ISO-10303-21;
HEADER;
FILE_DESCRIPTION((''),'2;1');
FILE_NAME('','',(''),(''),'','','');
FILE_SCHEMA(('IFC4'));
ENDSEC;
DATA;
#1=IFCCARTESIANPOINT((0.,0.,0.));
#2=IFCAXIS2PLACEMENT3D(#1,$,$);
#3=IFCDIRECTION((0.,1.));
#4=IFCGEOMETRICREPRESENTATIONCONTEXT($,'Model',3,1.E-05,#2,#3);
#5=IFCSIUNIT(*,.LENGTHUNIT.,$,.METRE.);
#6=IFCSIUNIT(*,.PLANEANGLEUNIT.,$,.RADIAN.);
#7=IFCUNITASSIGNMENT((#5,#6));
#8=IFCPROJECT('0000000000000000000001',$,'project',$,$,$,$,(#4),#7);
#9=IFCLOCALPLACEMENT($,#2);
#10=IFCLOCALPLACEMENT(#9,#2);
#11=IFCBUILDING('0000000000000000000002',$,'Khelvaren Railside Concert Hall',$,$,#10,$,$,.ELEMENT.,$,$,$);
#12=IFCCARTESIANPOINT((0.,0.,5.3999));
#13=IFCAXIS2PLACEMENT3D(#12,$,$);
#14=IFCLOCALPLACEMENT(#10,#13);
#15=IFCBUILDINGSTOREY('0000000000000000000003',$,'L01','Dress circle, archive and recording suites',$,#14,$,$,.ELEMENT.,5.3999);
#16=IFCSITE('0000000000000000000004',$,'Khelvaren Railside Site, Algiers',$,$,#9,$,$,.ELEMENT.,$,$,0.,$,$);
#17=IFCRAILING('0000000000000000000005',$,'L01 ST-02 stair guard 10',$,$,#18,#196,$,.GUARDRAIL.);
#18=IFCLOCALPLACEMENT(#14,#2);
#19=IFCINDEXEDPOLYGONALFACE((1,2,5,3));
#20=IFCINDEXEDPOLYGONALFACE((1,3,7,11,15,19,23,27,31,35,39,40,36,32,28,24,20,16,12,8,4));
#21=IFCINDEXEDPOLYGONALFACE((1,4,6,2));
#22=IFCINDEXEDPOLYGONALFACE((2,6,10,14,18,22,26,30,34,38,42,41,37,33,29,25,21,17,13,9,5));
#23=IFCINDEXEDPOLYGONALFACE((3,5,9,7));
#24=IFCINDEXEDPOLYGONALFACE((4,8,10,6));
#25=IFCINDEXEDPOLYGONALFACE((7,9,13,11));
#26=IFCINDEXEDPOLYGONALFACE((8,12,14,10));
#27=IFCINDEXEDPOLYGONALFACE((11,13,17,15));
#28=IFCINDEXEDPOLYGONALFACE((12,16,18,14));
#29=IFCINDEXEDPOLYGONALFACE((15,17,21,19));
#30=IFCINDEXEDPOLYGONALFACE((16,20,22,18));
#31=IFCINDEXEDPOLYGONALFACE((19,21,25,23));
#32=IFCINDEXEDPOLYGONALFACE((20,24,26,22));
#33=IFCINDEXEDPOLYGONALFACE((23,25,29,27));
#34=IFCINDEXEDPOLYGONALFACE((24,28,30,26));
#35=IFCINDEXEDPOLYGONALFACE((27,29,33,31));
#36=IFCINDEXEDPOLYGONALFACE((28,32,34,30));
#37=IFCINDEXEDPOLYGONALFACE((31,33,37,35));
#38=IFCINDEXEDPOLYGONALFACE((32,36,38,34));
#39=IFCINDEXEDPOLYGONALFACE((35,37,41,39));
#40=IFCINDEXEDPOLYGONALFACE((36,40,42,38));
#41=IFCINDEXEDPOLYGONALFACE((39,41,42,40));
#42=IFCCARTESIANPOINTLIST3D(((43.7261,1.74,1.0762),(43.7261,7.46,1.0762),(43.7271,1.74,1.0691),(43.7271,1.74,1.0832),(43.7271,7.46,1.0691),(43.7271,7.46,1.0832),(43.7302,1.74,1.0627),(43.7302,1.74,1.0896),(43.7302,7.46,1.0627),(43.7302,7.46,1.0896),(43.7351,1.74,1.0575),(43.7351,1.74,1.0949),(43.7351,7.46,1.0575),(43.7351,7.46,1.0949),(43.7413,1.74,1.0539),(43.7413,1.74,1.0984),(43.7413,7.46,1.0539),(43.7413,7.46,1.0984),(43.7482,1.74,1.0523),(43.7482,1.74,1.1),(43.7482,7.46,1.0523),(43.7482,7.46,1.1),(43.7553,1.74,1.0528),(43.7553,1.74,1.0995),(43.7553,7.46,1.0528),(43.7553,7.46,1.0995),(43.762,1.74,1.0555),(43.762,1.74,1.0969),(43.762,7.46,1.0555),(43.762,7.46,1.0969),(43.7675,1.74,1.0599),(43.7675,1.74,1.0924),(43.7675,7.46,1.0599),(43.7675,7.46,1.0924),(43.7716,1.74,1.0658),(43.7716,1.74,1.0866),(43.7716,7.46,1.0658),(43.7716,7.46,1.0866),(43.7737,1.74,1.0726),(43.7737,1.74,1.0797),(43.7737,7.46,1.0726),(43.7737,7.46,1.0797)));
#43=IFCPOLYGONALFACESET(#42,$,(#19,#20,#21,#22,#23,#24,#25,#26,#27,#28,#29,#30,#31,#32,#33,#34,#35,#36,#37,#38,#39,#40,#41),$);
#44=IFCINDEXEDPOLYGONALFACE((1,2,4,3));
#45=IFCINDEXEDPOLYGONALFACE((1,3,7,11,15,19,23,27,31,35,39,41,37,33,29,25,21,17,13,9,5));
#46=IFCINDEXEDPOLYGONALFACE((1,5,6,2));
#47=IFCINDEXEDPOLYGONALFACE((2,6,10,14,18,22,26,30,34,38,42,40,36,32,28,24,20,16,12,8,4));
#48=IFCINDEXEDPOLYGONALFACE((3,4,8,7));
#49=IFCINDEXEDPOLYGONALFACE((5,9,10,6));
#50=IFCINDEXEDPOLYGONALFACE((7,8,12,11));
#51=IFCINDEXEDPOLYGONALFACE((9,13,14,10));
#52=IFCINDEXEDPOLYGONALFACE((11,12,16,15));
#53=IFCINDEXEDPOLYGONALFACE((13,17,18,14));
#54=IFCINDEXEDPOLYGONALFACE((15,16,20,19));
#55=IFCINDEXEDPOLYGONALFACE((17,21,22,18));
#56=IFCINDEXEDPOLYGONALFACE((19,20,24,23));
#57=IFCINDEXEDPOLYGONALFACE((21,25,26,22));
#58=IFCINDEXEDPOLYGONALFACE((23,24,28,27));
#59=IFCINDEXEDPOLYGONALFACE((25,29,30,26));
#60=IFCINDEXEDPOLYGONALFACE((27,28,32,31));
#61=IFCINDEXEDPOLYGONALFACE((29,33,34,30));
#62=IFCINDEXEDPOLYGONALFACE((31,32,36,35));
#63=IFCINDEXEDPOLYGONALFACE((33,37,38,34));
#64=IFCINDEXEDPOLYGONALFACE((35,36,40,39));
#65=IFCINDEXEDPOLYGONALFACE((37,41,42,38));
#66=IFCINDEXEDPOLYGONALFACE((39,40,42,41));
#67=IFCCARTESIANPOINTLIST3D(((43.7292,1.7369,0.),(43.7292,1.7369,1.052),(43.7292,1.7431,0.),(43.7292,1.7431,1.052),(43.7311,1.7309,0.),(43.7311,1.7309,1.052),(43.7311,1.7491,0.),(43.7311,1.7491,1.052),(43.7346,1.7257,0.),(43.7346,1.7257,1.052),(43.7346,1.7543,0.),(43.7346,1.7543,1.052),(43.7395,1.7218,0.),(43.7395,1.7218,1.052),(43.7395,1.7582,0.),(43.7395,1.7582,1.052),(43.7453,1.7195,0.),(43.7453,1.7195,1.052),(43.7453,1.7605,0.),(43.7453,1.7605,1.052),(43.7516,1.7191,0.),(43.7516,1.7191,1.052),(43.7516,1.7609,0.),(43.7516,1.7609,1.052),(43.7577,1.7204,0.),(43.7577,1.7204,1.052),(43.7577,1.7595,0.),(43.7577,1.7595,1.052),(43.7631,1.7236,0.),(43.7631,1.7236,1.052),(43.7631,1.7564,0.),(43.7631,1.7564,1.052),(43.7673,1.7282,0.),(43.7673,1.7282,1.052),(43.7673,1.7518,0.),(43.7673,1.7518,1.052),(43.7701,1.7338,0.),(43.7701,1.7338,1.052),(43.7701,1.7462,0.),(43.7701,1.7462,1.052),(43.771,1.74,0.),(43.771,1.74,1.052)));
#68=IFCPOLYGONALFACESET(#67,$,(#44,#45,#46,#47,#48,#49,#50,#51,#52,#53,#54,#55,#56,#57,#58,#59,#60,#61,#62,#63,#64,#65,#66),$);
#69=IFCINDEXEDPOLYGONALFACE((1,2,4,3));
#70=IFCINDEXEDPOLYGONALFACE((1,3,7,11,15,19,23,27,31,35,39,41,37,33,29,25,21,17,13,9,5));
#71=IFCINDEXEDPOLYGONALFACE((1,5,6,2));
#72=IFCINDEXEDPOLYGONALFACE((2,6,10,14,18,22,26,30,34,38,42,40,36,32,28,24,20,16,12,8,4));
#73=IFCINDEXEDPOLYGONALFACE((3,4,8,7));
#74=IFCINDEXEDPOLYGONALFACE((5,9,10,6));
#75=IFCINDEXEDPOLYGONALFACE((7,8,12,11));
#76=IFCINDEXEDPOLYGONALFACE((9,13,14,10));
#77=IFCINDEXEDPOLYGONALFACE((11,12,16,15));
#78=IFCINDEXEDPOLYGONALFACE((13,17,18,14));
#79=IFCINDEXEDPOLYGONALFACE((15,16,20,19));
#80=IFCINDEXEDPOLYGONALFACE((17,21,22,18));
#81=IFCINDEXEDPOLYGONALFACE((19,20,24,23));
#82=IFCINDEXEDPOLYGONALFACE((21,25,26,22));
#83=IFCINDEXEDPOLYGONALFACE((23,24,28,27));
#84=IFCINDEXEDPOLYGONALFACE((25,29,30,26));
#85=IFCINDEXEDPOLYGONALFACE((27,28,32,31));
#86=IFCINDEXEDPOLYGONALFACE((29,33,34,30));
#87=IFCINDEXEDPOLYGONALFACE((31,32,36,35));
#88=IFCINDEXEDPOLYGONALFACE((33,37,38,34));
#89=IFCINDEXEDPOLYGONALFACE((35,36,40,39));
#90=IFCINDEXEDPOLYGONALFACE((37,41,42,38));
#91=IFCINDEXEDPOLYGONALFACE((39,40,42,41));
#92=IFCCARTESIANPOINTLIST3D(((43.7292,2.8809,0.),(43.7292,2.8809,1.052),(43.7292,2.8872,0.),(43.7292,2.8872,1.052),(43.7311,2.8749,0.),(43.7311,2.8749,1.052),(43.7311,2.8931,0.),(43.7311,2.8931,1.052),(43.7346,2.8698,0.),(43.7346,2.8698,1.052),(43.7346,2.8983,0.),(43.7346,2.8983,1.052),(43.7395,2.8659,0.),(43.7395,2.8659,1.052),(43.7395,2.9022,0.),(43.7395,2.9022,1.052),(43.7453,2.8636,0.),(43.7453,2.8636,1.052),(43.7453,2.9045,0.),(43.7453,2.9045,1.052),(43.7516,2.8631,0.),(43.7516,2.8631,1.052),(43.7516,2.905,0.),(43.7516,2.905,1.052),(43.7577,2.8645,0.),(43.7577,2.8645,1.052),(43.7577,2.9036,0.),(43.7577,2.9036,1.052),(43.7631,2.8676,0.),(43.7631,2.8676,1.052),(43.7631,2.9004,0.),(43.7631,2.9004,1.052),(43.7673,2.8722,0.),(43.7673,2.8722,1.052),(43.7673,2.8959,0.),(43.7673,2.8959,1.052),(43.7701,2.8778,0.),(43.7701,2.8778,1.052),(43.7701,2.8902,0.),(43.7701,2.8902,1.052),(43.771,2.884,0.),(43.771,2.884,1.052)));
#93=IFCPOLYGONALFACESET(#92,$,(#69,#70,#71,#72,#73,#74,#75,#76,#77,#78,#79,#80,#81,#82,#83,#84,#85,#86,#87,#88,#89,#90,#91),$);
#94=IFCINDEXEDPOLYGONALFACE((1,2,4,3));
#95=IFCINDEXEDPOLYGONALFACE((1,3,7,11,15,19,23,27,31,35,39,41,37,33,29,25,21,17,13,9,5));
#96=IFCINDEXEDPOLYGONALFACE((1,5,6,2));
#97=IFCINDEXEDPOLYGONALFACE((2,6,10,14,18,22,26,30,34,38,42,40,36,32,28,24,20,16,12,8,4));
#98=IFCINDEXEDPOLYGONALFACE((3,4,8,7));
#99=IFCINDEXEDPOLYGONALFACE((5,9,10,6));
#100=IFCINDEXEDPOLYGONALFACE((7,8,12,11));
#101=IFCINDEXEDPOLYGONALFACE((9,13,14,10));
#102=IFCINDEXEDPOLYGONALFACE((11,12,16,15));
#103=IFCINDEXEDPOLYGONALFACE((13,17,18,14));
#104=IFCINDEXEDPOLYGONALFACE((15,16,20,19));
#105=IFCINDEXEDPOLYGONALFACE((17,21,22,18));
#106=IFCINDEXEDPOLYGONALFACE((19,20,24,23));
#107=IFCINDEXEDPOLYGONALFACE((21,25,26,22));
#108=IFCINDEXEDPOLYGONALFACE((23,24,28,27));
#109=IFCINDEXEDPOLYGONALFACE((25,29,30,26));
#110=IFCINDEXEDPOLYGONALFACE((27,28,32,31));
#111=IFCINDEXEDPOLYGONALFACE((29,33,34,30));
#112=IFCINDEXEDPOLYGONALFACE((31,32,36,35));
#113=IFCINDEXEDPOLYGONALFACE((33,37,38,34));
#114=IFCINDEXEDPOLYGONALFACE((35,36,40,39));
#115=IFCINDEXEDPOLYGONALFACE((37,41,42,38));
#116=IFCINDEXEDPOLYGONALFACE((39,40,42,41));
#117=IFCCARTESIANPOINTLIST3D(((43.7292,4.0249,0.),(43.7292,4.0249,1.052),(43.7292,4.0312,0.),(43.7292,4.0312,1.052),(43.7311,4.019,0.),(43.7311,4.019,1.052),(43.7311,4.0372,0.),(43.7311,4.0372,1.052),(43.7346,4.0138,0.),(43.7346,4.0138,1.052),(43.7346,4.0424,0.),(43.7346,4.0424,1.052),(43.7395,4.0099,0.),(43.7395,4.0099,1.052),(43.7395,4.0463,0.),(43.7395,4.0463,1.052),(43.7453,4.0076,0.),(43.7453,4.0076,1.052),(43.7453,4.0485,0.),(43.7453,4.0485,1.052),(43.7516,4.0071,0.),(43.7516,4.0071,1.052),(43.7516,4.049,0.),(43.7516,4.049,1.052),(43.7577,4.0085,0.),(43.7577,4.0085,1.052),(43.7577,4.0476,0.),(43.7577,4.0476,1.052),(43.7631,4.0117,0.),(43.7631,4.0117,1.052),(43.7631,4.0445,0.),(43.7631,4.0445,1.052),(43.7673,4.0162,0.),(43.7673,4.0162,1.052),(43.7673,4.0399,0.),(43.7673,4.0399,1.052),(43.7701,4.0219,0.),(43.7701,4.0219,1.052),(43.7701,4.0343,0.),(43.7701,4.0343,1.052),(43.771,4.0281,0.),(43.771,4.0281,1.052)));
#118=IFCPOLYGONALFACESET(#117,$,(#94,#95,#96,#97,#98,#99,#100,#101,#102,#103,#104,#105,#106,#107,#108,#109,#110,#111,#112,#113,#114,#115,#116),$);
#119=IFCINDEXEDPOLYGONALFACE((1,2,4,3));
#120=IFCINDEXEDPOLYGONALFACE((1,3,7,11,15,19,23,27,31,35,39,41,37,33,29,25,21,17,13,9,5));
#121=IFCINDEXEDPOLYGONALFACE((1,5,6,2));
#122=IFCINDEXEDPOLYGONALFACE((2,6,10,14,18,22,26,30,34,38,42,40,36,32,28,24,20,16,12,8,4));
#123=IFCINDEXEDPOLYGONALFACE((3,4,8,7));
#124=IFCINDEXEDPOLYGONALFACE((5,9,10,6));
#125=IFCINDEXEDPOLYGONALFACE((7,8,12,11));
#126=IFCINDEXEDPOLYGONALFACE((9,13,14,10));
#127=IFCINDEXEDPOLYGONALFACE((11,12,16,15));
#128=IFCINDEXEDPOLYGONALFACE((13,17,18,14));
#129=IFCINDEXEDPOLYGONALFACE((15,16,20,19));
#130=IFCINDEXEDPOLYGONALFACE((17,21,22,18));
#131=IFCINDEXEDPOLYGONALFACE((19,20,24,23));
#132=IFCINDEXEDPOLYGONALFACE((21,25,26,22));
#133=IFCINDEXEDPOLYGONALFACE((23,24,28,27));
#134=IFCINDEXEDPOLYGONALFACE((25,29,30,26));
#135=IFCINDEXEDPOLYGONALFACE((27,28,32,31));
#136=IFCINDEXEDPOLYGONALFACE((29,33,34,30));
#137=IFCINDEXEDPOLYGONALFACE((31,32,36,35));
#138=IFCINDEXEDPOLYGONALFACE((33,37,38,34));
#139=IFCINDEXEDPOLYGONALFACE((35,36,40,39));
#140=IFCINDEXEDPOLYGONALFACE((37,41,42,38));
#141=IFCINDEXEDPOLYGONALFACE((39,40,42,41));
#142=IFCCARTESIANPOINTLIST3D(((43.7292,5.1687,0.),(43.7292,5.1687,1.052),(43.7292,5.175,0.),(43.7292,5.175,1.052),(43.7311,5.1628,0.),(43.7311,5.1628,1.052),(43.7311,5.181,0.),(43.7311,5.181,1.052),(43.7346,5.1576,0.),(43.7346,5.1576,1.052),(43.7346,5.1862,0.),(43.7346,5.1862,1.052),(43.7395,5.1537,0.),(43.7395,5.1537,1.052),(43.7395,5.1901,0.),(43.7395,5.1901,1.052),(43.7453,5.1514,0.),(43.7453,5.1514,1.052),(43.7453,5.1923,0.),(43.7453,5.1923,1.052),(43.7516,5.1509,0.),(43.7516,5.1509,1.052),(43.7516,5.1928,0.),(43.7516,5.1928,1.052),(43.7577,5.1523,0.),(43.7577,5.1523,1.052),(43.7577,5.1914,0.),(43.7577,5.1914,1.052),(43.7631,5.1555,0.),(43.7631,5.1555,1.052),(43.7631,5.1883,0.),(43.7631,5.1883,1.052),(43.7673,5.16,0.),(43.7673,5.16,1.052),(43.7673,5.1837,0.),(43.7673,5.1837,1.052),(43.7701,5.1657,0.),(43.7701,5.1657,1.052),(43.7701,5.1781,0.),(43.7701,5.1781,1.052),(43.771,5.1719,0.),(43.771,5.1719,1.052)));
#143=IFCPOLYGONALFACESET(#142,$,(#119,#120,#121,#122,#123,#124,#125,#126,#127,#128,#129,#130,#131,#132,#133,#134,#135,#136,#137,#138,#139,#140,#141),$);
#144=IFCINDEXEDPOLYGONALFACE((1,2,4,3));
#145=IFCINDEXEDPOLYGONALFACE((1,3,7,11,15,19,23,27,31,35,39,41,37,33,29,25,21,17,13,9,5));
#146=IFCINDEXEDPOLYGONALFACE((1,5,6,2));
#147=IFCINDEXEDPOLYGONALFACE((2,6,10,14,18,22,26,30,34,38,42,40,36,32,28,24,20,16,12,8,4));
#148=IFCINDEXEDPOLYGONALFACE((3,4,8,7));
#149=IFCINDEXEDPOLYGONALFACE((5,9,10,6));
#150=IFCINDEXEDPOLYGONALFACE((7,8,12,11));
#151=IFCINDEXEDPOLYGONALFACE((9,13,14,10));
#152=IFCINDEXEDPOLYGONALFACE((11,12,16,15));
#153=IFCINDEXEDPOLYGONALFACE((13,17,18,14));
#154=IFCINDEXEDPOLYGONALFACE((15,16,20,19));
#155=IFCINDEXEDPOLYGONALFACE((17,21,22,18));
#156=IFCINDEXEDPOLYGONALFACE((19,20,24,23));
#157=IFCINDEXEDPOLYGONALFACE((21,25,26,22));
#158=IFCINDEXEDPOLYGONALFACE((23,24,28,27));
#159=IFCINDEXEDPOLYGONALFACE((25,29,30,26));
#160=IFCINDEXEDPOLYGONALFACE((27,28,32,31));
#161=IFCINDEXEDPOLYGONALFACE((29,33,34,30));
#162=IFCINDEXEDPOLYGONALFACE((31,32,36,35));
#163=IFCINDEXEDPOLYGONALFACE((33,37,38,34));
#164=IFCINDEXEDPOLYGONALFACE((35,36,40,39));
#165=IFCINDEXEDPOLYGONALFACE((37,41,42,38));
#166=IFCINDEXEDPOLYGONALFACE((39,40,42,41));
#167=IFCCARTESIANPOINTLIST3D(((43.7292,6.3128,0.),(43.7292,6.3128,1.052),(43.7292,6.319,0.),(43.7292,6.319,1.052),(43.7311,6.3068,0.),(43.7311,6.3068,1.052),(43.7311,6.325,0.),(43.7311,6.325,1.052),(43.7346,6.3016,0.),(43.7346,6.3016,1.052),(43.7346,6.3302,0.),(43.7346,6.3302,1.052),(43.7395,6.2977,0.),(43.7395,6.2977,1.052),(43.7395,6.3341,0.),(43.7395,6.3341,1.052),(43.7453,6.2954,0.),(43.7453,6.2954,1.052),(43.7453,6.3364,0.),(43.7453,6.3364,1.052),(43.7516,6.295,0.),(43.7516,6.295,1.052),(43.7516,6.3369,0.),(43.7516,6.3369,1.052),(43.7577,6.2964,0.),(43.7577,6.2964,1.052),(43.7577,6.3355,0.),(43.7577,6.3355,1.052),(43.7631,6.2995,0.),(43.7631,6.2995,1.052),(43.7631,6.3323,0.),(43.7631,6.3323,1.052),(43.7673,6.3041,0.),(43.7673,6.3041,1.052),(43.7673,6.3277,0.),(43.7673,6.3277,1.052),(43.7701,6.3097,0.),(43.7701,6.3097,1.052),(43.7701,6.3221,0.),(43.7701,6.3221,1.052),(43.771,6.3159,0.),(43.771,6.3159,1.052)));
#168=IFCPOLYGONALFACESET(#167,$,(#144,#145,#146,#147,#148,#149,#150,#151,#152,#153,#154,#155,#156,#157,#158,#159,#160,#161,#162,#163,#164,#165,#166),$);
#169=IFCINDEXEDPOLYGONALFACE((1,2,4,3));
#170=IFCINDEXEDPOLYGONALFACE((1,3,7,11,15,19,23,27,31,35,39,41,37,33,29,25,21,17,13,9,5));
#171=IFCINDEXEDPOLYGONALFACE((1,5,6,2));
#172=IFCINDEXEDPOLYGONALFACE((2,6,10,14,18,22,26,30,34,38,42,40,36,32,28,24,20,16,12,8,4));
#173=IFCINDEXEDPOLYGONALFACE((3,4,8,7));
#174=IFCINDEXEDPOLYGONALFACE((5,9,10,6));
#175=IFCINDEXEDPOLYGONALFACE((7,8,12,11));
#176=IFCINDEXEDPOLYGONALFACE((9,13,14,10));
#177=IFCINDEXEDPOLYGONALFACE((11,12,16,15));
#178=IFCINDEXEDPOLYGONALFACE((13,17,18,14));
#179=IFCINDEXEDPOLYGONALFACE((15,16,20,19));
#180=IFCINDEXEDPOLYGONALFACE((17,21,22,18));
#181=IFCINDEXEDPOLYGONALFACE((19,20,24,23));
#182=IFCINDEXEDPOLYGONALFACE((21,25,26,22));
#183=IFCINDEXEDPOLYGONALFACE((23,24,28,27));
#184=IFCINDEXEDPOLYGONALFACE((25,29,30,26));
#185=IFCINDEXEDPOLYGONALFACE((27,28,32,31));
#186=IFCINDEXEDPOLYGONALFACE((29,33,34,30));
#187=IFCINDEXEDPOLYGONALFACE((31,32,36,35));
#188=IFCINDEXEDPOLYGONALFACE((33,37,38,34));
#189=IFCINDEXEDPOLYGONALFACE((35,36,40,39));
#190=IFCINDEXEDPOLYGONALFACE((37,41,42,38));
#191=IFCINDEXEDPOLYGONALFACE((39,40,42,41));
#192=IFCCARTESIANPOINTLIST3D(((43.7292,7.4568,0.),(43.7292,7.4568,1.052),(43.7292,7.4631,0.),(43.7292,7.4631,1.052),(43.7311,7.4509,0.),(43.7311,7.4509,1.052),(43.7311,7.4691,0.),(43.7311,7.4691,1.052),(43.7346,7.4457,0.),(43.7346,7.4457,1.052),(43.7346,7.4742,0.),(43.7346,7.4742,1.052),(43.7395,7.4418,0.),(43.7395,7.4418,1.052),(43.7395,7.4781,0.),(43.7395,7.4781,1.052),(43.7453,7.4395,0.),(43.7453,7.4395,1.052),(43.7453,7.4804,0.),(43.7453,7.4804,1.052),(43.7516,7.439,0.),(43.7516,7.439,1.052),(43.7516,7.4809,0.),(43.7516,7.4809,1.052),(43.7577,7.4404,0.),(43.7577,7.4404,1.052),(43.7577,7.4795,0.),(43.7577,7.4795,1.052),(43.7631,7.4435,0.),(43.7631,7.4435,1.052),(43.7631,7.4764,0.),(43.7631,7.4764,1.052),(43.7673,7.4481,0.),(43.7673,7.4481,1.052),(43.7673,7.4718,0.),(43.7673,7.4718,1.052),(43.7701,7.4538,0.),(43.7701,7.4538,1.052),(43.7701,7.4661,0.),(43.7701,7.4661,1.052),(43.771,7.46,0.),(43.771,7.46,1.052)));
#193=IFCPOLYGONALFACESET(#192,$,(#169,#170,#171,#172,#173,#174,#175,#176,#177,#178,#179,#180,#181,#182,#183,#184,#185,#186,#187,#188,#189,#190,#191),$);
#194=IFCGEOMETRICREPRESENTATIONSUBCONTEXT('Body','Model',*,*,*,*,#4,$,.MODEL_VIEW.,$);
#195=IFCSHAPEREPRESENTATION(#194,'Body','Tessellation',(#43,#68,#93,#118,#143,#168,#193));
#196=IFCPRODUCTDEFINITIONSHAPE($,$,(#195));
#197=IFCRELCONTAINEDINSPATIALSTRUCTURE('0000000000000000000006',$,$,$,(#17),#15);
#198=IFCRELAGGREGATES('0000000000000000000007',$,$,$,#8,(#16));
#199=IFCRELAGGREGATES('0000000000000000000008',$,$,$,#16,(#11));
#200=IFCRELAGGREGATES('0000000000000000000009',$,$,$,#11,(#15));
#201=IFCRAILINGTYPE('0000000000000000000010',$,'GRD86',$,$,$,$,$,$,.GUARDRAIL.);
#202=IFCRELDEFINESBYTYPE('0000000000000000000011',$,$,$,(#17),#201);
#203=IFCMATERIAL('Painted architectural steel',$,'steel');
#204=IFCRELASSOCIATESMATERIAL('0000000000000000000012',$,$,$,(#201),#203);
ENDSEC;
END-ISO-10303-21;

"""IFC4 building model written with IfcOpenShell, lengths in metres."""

from ifc_helpers import new_model, si_unit, direction, frame, origin, origin_2d, place, context, subcontext, project, spatial, circle, extrude, material, type_object, element, save


model = new_model("IFC4")

# Units and contexts
model_context = context("Model", 3, precision=1e-05, world=origin(), true_north=direction((0.0, 1.0)))
body_context = subcontext(model_context, "Body", "Model", "MODEL_VIEW")
ifc_project = project(units=[si_unit("LENGTHUNIT", "METRE"), si_unit("PLANEANGLEUNIT", "RADIAN")], contexts=[model_context])

# Site, building, storey
site_placement = place(None, origin())
site = spatial("IfcSite", under=ifc_project, at=site_placement, Name="Khelvaren Railside Site, Algiers", CompositionType="ELEMENT", RefElevation=0.0)
building_placement = place(site_placement, origin())
building = spatial("IfcBuilding", under=site, at=building_placement, Name="Khelvaren Railside Concert Hall", CompositionType="ELEMENT")
storey_placement = place(building_placement, frame((0.0, 0.0, 5.3999)))
storey = spatial("IfcBuildingStorey", under=building, at=storey_placement, Name="L01", Description="Dress circle, archive and recording suites", CompositionType="ELEMENT", Elevation=5.3999)

# Railing
ifc_material_1 = material(Name="Painted architectural steel", Category="steel")
railing_type_1 = type_object("IfcRailingType", Name="GRD86", PredefinedType="GUARDRAIL", material=ifc_material_1)
for number, where, name in (
    (1, (43.75, 1.74, 0.0), "L01 ST-02 stair guard 10"),
):
    element("IfcRailing", number, at=place(storey_placement, frame(where)), inside=storey, type_object=railing_type_1, Name=name, PredefinedType="GUARDRAIL", context=body_context, shape_type="SweptSolid", body=[
        extrude(circle(Radius=0.0239, at=origin_2d()), frame((0.0, 0.0, 1.0762), z_axis=(0.0, 1.0, 0.0), x_axis=(-1.0, 0.0, 0.0)), (0.0, 0.0, 1.0), 5.72),
        extrude(circle(Radius=0.021, at=origin_2d()), origin(), (0.0, 0.0, 1.0), 1.052),
        extrude(circle(Radius=0.021, at=origin_2d()), frame((0.0, 1.144, 0.0)), (0.0, 0.0, 1.0), 1.052),
        extrude(circle(Radius=0.021, at=origin_2d()), frame((0.0, 2.2881, 0.0)), (0.0, 0.0, 1.0), 1.052),
        extrude(circle(Radius=0.021, at=origin_2d()), frame((0.0, 3.4319, 0.0)), (0.0, 0.0, 1.0), 1.052),
        extrude(circle(Radius=0.021, at=origin_2d()), frame((0.0, 4.5759, 0.0)), (0.0, 0.0, 1.0), 1.052),
        extrude(circle(Radius=0.021, at=origin_2d()), frame((0.0, 5.72, 0.0)), (0.0, 0.0, 1.0), 1.052),
    ])

save(model, "model.ifc")
